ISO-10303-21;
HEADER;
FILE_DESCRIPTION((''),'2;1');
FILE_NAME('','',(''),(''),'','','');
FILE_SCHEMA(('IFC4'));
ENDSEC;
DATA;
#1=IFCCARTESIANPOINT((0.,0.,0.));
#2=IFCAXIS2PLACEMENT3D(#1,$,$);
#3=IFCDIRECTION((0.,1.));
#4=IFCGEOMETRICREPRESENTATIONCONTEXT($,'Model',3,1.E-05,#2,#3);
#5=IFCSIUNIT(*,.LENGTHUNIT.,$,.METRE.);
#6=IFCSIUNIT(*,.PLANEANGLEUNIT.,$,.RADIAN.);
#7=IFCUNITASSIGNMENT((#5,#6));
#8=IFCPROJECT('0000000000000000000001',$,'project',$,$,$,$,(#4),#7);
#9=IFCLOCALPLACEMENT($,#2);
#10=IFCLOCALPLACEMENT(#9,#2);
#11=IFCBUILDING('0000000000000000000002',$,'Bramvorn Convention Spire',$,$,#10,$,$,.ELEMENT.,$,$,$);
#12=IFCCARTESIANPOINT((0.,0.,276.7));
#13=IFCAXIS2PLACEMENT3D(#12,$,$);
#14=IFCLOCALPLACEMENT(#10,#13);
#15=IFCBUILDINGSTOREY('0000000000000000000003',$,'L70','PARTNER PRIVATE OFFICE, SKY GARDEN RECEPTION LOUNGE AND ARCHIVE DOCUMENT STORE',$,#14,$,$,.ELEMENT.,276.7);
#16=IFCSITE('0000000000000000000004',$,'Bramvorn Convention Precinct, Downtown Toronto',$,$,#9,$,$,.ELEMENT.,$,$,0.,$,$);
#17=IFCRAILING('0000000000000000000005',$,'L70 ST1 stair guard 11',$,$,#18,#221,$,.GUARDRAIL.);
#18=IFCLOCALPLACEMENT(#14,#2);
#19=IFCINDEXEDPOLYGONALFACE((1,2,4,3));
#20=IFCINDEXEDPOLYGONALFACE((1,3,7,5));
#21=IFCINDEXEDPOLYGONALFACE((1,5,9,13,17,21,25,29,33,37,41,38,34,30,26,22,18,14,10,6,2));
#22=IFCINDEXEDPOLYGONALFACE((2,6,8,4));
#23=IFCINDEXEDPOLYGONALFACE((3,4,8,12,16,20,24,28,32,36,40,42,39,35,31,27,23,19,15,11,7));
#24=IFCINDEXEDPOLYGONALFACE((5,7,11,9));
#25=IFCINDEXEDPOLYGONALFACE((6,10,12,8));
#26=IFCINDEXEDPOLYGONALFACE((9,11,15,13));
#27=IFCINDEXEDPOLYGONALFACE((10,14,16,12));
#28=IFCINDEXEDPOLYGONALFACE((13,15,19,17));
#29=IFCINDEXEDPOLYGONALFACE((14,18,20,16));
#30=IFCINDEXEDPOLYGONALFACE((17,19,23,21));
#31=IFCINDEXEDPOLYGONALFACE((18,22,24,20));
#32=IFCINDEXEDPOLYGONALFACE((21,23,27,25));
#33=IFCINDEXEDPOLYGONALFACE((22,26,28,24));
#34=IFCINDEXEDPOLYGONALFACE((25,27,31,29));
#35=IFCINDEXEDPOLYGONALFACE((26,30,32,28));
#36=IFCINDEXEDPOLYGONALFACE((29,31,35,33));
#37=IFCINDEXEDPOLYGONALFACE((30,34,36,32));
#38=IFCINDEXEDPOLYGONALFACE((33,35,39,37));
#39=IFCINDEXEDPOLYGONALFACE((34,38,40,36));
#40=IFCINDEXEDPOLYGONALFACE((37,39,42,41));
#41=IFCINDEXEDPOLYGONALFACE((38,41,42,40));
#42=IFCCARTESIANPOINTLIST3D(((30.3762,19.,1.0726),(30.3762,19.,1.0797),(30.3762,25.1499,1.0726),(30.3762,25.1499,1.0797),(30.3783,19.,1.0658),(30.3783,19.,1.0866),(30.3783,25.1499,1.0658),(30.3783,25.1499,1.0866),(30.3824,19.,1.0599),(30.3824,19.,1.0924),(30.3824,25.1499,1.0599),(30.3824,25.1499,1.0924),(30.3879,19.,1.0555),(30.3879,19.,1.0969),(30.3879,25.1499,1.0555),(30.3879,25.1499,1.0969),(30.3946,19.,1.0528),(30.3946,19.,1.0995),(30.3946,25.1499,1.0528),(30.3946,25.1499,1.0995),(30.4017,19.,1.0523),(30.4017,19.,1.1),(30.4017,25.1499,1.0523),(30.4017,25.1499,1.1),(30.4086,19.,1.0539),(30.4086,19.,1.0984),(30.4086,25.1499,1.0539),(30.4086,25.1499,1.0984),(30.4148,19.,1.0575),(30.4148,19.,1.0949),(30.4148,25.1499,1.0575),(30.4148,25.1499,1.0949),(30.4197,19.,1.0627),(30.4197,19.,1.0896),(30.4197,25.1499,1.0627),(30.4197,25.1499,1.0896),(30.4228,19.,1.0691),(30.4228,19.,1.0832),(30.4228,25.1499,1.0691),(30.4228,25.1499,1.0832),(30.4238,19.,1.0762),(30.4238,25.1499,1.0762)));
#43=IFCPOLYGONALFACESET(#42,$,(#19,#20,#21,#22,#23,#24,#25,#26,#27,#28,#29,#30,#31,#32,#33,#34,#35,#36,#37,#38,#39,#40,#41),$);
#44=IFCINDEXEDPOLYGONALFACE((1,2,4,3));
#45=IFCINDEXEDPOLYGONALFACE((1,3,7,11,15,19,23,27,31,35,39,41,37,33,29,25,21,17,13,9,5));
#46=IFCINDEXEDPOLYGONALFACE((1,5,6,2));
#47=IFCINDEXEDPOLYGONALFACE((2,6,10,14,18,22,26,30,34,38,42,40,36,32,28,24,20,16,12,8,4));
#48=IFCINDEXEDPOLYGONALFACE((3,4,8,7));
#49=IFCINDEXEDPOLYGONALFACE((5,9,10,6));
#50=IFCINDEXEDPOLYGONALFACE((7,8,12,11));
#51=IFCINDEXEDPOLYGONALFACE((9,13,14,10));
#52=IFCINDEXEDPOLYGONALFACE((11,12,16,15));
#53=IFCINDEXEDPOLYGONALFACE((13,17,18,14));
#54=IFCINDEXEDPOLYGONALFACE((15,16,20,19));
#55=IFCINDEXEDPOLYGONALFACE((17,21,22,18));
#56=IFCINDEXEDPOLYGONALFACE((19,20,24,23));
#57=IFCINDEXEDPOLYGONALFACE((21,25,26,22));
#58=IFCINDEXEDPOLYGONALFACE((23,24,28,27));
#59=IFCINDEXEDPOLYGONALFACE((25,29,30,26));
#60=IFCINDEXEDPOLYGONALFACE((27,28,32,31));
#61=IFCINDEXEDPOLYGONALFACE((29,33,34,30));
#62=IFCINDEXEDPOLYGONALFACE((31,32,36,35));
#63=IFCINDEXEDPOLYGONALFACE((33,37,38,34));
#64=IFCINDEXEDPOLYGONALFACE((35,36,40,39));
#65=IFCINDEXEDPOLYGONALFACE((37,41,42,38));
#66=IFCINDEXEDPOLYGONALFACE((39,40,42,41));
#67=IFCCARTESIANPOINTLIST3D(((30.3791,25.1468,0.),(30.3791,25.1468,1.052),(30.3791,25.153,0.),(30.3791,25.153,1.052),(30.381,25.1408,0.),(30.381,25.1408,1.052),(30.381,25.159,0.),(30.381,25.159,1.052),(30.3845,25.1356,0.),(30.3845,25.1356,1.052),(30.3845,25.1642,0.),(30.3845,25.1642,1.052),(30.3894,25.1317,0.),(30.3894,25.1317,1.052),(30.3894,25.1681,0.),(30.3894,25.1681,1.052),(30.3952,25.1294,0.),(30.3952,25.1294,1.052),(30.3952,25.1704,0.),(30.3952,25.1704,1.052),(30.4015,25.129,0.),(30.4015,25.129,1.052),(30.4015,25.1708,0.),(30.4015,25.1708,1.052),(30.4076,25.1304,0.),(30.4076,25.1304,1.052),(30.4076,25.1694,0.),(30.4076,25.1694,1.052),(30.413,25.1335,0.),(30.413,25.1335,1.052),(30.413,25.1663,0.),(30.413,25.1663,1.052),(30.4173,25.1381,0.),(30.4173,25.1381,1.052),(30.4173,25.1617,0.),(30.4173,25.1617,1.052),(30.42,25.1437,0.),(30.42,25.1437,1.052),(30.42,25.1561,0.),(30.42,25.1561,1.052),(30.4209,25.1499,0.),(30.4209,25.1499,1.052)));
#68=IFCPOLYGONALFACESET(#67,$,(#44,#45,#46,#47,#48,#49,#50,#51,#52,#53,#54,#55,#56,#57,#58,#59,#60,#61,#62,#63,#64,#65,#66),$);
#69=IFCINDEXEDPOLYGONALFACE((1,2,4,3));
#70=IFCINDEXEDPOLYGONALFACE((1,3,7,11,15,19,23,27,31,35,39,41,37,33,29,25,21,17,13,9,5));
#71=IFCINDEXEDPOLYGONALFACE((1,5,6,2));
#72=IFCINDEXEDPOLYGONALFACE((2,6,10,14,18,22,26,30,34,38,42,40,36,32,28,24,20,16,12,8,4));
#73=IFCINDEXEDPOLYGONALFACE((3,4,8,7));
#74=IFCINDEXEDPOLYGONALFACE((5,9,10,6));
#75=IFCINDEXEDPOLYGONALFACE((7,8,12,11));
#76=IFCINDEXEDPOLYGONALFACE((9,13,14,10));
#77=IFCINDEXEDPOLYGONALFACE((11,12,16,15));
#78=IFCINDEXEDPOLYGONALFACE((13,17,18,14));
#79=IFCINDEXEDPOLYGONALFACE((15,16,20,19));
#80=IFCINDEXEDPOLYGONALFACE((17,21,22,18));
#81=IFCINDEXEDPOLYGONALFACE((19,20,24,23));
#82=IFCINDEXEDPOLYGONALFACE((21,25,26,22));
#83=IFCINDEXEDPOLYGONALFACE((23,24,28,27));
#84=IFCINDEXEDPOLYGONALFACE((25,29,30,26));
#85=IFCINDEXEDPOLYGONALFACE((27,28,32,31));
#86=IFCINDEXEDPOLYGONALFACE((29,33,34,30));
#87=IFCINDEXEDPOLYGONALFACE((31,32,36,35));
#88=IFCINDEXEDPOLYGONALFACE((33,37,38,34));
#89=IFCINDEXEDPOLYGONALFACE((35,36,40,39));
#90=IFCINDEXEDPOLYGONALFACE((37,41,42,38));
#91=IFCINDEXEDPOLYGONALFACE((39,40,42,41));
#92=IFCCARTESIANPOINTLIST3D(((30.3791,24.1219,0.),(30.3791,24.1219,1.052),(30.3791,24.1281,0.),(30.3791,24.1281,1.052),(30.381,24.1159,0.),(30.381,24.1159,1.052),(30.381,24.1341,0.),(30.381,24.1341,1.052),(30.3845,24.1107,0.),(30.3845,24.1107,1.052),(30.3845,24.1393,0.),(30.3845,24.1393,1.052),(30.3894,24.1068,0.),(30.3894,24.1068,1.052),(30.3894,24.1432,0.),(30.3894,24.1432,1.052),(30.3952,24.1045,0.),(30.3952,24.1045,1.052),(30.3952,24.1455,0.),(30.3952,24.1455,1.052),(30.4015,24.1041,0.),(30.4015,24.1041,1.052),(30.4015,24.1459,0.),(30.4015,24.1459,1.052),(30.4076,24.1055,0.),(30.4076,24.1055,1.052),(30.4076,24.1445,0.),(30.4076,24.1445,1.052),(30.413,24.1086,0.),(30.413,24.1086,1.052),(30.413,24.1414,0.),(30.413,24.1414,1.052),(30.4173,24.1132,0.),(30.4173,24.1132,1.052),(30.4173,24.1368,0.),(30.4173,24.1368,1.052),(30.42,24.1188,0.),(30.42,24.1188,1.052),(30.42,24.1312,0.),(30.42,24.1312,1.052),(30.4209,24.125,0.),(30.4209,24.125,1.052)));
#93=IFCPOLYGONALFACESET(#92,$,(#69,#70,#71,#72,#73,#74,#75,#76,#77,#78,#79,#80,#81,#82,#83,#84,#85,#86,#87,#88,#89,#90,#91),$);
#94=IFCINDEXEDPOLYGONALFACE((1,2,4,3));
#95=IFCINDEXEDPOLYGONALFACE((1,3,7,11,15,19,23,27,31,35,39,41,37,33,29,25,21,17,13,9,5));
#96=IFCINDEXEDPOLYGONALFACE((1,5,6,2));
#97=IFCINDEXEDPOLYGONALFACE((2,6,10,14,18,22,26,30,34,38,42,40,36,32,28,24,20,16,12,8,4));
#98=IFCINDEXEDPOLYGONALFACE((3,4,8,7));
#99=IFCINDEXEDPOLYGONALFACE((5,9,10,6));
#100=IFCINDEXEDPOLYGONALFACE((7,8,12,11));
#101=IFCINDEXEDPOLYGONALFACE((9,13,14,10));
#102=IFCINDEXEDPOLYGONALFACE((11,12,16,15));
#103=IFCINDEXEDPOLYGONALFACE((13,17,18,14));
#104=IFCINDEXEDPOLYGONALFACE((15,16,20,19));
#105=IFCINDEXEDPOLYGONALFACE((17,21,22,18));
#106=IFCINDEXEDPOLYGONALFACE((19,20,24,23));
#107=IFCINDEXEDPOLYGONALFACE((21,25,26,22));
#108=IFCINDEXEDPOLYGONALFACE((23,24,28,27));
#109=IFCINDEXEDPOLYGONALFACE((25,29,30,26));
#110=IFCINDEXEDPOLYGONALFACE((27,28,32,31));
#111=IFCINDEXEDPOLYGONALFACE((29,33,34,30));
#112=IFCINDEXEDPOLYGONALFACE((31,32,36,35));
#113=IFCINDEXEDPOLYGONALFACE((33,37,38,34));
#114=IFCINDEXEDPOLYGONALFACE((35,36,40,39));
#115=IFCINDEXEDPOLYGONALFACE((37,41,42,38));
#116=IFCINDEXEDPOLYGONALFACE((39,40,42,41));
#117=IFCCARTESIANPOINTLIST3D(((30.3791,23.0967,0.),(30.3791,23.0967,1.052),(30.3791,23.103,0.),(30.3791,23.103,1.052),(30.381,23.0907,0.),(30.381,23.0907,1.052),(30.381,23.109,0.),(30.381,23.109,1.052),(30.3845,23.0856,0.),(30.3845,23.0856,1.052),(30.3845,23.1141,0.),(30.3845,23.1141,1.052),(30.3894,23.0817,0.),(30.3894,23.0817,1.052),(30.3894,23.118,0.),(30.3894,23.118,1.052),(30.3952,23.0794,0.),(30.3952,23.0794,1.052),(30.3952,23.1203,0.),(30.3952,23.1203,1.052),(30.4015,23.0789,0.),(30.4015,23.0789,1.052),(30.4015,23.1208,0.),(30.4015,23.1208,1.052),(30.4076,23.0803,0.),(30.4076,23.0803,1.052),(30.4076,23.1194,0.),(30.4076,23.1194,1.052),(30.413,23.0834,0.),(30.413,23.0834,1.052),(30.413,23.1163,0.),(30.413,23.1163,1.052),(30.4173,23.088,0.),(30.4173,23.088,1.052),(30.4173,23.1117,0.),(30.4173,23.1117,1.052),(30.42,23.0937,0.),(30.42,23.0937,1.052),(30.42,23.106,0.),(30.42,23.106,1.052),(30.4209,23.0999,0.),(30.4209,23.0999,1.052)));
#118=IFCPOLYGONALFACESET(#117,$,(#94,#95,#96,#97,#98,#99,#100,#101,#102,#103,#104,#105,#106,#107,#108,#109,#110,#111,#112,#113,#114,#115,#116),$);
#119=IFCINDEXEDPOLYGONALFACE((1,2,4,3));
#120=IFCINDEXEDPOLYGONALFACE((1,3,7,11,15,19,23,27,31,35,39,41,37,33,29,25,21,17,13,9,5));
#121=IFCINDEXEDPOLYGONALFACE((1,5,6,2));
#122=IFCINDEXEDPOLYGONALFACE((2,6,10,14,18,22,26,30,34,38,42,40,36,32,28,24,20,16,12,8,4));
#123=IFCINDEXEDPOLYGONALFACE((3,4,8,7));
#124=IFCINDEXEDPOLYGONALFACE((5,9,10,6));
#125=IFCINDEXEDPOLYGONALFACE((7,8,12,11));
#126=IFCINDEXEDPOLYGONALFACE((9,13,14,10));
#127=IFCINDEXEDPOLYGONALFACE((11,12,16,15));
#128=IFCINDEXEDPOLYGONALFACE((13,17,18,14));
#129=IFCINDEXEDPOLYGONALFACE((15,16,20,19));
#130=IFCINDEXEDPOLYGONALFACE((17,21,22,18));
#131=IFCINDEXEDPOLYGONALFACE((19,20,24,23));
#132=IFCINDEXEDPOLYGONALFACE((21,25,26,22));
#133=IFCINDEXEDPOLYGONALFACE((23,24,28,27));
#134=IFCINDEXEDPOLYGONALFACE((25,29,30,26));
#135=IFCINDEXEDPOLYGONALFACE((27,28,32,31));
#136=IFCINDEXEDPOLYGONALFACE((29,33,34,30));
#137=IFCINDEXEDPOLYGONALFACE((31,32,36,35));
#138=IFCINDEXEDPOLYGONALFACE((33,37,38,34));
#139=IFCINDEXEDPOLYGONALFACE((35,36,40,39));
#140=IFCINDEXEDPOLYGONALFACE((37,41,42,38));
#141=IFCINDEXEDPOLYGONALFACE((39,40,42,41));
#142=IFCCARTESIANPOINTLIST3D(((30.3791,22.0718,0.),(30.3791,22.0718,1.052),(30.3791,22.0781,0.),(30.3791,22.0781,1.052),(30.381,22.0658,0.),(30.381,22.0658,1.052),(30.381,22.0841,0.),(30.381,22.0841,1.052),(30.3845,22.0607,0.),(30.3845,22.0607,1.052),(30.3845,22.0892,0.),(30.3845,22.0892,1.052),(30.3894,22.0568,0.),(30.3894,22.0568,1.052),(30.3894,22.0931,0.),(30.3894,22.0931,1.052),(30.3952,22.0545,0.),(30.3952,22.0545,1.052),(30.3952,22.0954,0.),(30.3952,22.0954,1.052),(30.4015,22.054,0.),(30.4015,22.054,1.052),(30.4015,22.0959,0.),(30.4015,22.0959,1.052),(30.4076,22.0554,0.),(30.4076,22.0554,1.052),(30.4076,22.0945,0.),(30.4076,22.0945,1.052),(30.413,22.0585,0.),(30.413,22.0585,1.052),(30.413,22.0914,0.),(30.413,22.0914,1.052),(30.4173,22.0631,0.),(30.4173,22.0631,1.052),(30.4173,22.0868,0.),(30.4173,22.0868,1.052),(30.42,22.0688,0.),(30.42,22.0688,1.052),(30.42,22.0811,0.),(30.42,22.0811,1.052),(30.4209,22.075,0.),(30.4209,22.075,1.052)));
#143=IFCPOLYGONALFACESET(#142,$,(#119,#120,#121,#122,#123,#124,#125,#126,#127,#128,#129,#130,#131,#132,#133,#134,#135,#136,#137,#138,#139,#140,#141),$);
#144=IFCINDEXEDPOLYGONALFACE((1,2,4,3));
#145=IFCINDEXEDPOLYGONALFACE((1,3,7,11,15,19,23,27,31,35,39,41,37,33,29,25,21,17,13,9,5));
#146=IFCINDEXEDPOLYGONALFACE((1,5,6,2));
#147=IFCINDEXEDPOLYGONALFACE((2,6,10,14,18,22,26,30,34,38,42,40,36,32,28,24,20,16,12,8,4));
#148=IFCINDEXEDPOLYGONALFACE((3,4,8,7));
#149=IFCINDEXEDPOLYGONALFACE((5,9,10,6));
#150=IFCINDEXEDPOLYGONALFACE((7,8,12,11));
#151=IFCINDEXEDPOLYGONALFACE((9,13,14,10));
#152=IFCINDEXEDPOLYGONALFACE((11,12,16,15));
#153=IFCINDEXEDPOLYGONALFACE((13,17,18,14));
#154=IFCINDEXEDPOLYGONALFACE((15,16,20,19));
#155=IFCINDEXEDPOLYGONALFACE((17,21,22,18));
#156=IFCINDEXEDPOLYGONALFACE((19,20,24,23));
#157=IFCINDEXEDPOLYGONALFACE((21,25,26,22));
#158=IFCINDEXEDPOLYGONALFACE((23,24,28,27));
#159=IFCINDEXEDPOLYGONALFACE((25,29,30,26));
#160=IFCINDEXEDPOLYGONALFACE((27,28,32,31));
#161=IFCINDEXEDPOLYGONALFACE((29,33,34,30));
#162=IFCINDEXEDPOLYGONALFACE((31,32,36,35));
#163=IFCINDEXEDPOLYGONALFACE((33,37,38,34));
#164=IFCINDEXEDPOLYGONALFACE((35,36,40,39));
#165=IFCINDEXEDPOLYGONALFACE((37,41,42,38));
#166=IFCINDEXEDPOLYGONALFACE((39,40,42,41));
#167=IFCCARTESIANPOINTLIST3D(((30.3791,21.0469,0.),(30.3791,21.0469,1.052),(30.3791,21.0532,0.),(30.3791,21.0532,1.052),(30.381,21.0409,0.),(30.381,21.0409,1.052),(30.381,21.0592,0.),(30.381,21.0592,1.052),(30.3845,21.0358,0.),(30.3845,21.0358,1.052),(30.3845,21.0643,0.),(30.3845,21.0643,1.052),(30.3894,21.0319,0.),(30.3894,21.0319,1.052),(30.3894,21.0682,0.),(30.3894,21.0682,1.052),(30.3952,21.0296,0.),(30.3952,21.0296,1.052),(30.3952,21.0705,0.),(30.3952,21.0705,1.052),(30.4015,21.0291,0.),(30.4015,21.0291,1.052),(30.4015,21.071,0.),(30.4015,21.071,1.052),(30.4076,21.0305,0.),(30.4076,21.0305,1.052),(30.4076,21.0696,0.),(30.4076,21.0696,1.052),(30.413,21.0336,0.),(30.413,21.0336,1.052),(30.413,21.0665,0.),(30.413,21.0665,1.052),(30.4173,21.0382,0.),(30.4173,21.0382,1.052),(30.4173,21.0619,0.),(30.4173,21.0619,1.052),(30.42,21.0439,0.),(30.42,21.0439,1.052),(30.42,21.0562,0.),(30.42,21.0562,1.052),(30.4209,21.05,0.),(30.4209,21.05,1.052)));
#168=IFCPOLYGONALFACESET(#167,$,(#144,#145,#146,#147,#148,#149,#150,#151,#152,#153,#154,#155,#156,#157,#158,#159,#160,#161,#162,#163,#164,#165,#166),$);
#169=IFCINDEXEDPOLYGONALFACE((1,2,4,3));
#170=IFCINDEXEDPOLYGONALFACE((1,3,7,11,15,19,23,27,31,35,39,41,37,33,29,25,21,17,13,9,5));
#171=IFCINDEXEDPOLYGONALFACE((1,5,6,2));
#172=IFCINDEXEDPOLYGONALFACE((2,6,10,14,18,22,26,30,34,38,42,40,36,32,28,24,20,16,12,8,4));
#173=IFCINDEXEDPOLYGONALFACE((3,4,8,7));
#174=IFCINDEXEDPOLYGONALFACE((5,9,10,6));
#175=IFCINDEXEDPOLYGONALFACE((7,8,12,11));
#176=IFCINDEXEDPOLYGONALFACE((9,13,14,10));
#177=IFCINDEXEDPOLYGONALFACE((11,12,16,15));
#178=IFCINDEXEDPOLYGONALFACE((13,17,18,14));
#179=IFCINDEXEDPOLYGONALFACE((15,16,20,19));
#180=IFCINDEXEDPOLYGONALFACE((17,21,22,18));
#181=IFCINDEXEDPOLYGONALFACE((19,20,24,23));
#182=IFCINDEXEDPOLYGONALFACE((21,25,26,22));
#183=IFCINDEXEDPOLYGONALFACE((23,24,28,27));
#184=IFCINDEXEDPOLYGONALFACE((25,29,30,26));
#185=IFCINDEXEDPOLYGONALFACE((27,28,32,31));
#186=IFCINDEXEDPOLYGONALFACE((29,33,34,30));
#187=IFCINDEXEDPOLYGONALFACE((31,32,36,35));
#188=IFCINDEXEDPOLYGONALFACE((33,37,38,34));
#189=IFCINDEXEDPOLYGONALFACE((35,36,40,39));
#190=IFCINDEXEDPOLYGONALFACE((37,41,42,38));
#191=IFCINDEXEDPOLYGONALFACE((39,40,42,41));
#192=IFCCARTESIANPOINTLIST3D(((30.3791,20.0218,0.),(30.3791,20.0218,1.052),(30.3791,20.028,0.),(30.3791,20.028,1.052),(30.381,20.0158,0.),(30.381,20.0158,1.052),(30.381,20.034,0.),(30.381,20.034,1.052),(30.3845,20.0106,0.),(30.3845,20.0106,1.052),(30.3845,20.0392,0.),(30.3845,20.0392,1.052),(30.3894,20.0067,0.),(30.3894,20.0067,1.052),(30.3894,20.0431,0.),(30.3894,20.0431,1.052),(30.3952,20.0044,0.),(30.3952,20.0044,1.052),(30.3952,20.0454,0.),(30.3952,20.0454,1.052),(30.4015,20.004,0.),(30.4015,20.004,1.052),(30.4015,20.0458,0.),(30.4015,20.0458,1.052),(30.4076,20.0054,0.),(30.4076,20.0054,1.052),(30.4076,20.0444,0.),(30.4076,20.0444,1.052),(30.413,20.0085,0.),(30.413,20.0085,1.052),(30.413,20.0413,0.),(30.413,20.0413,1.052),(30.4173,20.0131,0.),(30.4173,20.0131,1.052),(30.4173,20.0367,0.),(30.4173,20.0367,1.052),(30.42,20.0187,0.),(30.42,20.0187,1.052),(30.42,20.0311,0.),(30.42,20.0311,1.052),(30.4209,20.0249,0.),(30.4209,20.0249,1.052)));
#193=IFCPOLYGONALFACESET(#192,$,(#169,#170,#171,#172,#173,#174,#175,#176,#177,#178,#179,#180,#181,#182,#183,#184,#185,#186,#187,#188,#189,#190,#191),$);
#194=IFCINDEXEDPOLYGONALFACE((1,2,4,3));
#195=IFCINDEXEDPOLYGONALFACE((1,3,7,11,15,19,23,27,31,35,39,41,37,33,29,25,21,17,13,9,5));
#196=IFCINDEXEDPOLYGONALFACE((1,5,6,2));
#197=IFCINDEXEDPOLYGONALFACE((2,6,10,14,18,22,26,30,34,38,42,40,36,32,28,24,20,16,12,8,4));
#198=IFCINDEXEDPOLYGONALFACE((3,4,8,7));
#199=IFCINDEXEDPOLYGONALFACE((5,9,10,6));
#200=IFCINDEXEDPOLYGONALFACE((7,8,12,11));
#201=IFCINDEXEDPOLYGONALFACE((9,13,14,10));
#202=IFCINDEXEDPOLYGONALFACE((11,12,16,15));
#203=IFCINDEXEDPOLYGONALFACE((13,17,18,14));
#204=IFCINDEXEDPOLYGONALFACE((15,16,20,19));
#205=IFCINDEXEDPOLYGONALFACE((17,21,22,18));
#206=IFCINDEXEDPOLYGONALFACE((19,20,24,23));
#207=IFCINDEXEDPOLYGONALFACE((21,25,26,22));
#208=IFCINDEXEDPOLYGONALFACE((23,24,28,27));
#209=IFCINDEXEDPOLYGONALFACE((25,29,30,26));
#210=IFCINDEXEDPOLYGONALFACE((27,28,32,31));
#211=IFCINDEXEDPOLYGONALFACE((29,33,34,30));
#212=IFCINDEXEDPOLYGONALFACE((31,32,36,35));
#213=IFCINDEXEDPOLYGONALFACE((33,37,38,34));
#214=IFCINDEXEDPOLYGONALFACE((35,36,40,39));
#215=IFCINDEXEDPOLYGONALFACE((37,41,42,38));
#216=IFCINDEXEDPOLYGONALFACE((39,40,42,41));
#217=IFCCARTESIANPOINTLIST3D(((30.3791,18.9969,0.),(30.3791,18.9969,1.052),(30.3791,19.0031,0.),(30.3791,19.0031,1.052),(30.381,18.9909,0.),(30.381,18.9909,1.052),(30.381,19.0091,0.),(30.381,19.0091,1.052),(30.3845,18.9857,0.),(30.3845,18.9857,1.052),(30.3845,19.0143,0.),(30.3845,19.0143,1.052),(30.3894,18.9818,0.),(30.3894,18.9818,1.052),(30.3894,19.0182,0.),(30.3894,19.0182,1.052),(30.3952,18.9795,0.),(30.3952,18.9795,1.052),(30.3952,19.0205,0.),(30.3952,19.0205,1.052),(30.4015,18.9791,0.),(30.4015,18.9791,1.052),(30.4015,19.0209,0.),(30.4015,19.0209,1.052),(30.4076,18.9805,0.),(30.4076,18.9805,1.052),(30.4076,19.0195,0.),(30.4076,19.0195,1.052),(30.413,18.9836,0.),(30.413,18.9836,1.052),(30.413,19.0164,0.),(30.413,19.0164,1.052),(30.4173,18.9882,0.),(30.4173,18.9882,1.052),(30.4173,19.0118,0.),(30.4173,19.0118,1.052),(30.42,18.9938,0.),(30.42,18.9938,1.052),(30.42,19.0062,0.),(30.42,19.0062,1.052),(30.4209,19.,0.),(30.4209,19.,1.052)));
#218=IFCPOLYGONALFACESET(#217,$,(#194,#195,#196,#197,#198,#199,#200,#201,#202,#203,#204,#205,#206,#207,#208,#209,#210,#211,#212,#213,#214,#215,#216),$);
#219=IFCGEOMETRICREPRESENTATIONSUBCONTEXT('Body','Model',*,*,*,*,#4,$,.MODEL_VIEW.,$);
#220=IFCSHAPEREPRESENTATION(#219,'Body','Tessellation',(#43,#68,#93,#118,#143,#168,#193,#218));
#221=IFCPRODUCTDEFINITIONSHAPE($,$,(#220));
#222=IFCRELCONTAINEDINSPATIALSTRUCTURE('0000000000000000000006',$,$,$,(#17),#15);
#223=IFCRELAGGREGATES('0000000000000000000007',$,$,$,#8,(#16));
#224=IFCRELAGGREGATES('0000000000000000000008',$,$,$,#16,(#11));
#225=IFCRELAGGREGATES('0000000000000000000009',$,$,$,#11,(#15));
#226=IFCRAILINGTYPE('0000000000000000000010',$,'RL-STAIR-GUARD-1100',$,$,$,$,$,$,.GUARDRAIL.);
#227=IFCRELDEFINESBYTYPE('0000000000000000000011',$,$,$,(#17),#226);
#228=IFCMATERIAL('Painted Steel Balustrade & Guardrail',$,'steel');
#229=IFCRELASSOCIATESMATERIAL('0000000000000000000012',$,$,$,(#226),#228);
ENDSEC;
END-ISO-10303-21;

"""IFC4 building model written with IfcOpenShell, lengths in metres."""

from ifc_helpers import new_model, si_unit, direction, frame, origin, origin_2d, place, context, subcontext, project, spatial, circle, extrude, material, type_object, element, save


model = new_model("IFC4")

# Units and contexts
model_context = context("Model", 3, precision=1e-05, world=origin(), true_north=direction((0.0, 1.0)))
body_context = subcontext(model_context, "Body", "Model", "MODEL_VIEW")
ifc_project = project(units=[si_unit("LENGTHUNIT", "METRE"), si_unit("PLANEANGLEUNIT", "RADIAN")], contexts=[model_context])

# Site, building, storey
site_placement = place(None, origin())
site = spatial("IfcSite", under=ifc_project, at=site_placement, Name="Bramvorn Convention Precinct, Downtown Toronto", CompositionType="ELEMENT", RefElevation=0.0)
building_placement = place(site_placement, origin())
building = spatial("IfcBuilding", under=site, at=building_placement, Name="Bramvorn Convention Spire", CompositionType="ELEMENT")
storey_placement = place(building_placement, frame((0.0, 0.0, 276.7)))
storey = spatial("IfcBuildingStorey", under=building, at=storey_placement, Name="L70", Description="PARTNER PRIVATE OFFICE, SKY GARDEN RECEPTION LOUNGE AND ARCHIVE DOCUMENT STORE", CompositionType="ELEMENT", Elevation=276.7)

# Railing
ifc_material_1 = material(Name="Painted Steel Balustrade & Guardrail", Category="steel")
railing_type_1 = type_object("IfcRailingType", Name="RL-STAIR-GUARD-1100", PredefinedType="GUARDRAIL", material=ifc_material_1)
railing_1_placement = place(storey_placement, frame((30.3999, 25.1499, 0.0)))
element("IfcRailing", 1, at=railing_1_placement, inside=storey, type_object=railing_type_1, Name="L70 ST1 stair guard 11", PredefinedType="GUARDRAIL", context=body_context, shape_type="SweptSolid", body=[
    extrude(circle(Radius=0.0239, at=origin_2d()), frame((0.0, 0.0, 1.0762), z_axis=(0.0, -1.0, 0.0), x_axis=(1.0, 0.0, 0.0)), (0.0, 0.0, 1.0), 6.1499),
    extrude(circle(Radius=0.021, at=origin_2d()), origin(), (0.0, 0.0, 1.0), 1.052),
    extrude(circle(Radius=0.021, at=origin_2d()), frame((0.0, -1.0249, 0.0)), (0.0, 0.0, 1.0), 1.052),
    extrude(circle(Radius=0.021, at=origin_2d()), frame((0.0, -2.05, 0.0)), (0.0, 0.0, 1.0), 1.052),
    extrude(circle(Radius=0.021, at=origin_2d()), frame((0.0, -3.075, 0.0)), (0.0, 0.0, 1.0), 1.052),
    extrude(circle(Radius=0.021, at=origin_2d()), frame((0.0, -4.0999, 0.0)), (0.0, 0.0, 1.0), 1.052),
    extrude(circle(Radius=0.021, at=origin_2d()), frame((0.0, -5.125, 0.0)), (0.0, 0.0, 1.0), 1.052),
    extrude(circle(Radius=0.021, at=origin_2d()), frame((0.0, -6.1499, 0.0)), (0.0, 0.0, 1.0), 1.052),
])

save(model, "model.ifc")
